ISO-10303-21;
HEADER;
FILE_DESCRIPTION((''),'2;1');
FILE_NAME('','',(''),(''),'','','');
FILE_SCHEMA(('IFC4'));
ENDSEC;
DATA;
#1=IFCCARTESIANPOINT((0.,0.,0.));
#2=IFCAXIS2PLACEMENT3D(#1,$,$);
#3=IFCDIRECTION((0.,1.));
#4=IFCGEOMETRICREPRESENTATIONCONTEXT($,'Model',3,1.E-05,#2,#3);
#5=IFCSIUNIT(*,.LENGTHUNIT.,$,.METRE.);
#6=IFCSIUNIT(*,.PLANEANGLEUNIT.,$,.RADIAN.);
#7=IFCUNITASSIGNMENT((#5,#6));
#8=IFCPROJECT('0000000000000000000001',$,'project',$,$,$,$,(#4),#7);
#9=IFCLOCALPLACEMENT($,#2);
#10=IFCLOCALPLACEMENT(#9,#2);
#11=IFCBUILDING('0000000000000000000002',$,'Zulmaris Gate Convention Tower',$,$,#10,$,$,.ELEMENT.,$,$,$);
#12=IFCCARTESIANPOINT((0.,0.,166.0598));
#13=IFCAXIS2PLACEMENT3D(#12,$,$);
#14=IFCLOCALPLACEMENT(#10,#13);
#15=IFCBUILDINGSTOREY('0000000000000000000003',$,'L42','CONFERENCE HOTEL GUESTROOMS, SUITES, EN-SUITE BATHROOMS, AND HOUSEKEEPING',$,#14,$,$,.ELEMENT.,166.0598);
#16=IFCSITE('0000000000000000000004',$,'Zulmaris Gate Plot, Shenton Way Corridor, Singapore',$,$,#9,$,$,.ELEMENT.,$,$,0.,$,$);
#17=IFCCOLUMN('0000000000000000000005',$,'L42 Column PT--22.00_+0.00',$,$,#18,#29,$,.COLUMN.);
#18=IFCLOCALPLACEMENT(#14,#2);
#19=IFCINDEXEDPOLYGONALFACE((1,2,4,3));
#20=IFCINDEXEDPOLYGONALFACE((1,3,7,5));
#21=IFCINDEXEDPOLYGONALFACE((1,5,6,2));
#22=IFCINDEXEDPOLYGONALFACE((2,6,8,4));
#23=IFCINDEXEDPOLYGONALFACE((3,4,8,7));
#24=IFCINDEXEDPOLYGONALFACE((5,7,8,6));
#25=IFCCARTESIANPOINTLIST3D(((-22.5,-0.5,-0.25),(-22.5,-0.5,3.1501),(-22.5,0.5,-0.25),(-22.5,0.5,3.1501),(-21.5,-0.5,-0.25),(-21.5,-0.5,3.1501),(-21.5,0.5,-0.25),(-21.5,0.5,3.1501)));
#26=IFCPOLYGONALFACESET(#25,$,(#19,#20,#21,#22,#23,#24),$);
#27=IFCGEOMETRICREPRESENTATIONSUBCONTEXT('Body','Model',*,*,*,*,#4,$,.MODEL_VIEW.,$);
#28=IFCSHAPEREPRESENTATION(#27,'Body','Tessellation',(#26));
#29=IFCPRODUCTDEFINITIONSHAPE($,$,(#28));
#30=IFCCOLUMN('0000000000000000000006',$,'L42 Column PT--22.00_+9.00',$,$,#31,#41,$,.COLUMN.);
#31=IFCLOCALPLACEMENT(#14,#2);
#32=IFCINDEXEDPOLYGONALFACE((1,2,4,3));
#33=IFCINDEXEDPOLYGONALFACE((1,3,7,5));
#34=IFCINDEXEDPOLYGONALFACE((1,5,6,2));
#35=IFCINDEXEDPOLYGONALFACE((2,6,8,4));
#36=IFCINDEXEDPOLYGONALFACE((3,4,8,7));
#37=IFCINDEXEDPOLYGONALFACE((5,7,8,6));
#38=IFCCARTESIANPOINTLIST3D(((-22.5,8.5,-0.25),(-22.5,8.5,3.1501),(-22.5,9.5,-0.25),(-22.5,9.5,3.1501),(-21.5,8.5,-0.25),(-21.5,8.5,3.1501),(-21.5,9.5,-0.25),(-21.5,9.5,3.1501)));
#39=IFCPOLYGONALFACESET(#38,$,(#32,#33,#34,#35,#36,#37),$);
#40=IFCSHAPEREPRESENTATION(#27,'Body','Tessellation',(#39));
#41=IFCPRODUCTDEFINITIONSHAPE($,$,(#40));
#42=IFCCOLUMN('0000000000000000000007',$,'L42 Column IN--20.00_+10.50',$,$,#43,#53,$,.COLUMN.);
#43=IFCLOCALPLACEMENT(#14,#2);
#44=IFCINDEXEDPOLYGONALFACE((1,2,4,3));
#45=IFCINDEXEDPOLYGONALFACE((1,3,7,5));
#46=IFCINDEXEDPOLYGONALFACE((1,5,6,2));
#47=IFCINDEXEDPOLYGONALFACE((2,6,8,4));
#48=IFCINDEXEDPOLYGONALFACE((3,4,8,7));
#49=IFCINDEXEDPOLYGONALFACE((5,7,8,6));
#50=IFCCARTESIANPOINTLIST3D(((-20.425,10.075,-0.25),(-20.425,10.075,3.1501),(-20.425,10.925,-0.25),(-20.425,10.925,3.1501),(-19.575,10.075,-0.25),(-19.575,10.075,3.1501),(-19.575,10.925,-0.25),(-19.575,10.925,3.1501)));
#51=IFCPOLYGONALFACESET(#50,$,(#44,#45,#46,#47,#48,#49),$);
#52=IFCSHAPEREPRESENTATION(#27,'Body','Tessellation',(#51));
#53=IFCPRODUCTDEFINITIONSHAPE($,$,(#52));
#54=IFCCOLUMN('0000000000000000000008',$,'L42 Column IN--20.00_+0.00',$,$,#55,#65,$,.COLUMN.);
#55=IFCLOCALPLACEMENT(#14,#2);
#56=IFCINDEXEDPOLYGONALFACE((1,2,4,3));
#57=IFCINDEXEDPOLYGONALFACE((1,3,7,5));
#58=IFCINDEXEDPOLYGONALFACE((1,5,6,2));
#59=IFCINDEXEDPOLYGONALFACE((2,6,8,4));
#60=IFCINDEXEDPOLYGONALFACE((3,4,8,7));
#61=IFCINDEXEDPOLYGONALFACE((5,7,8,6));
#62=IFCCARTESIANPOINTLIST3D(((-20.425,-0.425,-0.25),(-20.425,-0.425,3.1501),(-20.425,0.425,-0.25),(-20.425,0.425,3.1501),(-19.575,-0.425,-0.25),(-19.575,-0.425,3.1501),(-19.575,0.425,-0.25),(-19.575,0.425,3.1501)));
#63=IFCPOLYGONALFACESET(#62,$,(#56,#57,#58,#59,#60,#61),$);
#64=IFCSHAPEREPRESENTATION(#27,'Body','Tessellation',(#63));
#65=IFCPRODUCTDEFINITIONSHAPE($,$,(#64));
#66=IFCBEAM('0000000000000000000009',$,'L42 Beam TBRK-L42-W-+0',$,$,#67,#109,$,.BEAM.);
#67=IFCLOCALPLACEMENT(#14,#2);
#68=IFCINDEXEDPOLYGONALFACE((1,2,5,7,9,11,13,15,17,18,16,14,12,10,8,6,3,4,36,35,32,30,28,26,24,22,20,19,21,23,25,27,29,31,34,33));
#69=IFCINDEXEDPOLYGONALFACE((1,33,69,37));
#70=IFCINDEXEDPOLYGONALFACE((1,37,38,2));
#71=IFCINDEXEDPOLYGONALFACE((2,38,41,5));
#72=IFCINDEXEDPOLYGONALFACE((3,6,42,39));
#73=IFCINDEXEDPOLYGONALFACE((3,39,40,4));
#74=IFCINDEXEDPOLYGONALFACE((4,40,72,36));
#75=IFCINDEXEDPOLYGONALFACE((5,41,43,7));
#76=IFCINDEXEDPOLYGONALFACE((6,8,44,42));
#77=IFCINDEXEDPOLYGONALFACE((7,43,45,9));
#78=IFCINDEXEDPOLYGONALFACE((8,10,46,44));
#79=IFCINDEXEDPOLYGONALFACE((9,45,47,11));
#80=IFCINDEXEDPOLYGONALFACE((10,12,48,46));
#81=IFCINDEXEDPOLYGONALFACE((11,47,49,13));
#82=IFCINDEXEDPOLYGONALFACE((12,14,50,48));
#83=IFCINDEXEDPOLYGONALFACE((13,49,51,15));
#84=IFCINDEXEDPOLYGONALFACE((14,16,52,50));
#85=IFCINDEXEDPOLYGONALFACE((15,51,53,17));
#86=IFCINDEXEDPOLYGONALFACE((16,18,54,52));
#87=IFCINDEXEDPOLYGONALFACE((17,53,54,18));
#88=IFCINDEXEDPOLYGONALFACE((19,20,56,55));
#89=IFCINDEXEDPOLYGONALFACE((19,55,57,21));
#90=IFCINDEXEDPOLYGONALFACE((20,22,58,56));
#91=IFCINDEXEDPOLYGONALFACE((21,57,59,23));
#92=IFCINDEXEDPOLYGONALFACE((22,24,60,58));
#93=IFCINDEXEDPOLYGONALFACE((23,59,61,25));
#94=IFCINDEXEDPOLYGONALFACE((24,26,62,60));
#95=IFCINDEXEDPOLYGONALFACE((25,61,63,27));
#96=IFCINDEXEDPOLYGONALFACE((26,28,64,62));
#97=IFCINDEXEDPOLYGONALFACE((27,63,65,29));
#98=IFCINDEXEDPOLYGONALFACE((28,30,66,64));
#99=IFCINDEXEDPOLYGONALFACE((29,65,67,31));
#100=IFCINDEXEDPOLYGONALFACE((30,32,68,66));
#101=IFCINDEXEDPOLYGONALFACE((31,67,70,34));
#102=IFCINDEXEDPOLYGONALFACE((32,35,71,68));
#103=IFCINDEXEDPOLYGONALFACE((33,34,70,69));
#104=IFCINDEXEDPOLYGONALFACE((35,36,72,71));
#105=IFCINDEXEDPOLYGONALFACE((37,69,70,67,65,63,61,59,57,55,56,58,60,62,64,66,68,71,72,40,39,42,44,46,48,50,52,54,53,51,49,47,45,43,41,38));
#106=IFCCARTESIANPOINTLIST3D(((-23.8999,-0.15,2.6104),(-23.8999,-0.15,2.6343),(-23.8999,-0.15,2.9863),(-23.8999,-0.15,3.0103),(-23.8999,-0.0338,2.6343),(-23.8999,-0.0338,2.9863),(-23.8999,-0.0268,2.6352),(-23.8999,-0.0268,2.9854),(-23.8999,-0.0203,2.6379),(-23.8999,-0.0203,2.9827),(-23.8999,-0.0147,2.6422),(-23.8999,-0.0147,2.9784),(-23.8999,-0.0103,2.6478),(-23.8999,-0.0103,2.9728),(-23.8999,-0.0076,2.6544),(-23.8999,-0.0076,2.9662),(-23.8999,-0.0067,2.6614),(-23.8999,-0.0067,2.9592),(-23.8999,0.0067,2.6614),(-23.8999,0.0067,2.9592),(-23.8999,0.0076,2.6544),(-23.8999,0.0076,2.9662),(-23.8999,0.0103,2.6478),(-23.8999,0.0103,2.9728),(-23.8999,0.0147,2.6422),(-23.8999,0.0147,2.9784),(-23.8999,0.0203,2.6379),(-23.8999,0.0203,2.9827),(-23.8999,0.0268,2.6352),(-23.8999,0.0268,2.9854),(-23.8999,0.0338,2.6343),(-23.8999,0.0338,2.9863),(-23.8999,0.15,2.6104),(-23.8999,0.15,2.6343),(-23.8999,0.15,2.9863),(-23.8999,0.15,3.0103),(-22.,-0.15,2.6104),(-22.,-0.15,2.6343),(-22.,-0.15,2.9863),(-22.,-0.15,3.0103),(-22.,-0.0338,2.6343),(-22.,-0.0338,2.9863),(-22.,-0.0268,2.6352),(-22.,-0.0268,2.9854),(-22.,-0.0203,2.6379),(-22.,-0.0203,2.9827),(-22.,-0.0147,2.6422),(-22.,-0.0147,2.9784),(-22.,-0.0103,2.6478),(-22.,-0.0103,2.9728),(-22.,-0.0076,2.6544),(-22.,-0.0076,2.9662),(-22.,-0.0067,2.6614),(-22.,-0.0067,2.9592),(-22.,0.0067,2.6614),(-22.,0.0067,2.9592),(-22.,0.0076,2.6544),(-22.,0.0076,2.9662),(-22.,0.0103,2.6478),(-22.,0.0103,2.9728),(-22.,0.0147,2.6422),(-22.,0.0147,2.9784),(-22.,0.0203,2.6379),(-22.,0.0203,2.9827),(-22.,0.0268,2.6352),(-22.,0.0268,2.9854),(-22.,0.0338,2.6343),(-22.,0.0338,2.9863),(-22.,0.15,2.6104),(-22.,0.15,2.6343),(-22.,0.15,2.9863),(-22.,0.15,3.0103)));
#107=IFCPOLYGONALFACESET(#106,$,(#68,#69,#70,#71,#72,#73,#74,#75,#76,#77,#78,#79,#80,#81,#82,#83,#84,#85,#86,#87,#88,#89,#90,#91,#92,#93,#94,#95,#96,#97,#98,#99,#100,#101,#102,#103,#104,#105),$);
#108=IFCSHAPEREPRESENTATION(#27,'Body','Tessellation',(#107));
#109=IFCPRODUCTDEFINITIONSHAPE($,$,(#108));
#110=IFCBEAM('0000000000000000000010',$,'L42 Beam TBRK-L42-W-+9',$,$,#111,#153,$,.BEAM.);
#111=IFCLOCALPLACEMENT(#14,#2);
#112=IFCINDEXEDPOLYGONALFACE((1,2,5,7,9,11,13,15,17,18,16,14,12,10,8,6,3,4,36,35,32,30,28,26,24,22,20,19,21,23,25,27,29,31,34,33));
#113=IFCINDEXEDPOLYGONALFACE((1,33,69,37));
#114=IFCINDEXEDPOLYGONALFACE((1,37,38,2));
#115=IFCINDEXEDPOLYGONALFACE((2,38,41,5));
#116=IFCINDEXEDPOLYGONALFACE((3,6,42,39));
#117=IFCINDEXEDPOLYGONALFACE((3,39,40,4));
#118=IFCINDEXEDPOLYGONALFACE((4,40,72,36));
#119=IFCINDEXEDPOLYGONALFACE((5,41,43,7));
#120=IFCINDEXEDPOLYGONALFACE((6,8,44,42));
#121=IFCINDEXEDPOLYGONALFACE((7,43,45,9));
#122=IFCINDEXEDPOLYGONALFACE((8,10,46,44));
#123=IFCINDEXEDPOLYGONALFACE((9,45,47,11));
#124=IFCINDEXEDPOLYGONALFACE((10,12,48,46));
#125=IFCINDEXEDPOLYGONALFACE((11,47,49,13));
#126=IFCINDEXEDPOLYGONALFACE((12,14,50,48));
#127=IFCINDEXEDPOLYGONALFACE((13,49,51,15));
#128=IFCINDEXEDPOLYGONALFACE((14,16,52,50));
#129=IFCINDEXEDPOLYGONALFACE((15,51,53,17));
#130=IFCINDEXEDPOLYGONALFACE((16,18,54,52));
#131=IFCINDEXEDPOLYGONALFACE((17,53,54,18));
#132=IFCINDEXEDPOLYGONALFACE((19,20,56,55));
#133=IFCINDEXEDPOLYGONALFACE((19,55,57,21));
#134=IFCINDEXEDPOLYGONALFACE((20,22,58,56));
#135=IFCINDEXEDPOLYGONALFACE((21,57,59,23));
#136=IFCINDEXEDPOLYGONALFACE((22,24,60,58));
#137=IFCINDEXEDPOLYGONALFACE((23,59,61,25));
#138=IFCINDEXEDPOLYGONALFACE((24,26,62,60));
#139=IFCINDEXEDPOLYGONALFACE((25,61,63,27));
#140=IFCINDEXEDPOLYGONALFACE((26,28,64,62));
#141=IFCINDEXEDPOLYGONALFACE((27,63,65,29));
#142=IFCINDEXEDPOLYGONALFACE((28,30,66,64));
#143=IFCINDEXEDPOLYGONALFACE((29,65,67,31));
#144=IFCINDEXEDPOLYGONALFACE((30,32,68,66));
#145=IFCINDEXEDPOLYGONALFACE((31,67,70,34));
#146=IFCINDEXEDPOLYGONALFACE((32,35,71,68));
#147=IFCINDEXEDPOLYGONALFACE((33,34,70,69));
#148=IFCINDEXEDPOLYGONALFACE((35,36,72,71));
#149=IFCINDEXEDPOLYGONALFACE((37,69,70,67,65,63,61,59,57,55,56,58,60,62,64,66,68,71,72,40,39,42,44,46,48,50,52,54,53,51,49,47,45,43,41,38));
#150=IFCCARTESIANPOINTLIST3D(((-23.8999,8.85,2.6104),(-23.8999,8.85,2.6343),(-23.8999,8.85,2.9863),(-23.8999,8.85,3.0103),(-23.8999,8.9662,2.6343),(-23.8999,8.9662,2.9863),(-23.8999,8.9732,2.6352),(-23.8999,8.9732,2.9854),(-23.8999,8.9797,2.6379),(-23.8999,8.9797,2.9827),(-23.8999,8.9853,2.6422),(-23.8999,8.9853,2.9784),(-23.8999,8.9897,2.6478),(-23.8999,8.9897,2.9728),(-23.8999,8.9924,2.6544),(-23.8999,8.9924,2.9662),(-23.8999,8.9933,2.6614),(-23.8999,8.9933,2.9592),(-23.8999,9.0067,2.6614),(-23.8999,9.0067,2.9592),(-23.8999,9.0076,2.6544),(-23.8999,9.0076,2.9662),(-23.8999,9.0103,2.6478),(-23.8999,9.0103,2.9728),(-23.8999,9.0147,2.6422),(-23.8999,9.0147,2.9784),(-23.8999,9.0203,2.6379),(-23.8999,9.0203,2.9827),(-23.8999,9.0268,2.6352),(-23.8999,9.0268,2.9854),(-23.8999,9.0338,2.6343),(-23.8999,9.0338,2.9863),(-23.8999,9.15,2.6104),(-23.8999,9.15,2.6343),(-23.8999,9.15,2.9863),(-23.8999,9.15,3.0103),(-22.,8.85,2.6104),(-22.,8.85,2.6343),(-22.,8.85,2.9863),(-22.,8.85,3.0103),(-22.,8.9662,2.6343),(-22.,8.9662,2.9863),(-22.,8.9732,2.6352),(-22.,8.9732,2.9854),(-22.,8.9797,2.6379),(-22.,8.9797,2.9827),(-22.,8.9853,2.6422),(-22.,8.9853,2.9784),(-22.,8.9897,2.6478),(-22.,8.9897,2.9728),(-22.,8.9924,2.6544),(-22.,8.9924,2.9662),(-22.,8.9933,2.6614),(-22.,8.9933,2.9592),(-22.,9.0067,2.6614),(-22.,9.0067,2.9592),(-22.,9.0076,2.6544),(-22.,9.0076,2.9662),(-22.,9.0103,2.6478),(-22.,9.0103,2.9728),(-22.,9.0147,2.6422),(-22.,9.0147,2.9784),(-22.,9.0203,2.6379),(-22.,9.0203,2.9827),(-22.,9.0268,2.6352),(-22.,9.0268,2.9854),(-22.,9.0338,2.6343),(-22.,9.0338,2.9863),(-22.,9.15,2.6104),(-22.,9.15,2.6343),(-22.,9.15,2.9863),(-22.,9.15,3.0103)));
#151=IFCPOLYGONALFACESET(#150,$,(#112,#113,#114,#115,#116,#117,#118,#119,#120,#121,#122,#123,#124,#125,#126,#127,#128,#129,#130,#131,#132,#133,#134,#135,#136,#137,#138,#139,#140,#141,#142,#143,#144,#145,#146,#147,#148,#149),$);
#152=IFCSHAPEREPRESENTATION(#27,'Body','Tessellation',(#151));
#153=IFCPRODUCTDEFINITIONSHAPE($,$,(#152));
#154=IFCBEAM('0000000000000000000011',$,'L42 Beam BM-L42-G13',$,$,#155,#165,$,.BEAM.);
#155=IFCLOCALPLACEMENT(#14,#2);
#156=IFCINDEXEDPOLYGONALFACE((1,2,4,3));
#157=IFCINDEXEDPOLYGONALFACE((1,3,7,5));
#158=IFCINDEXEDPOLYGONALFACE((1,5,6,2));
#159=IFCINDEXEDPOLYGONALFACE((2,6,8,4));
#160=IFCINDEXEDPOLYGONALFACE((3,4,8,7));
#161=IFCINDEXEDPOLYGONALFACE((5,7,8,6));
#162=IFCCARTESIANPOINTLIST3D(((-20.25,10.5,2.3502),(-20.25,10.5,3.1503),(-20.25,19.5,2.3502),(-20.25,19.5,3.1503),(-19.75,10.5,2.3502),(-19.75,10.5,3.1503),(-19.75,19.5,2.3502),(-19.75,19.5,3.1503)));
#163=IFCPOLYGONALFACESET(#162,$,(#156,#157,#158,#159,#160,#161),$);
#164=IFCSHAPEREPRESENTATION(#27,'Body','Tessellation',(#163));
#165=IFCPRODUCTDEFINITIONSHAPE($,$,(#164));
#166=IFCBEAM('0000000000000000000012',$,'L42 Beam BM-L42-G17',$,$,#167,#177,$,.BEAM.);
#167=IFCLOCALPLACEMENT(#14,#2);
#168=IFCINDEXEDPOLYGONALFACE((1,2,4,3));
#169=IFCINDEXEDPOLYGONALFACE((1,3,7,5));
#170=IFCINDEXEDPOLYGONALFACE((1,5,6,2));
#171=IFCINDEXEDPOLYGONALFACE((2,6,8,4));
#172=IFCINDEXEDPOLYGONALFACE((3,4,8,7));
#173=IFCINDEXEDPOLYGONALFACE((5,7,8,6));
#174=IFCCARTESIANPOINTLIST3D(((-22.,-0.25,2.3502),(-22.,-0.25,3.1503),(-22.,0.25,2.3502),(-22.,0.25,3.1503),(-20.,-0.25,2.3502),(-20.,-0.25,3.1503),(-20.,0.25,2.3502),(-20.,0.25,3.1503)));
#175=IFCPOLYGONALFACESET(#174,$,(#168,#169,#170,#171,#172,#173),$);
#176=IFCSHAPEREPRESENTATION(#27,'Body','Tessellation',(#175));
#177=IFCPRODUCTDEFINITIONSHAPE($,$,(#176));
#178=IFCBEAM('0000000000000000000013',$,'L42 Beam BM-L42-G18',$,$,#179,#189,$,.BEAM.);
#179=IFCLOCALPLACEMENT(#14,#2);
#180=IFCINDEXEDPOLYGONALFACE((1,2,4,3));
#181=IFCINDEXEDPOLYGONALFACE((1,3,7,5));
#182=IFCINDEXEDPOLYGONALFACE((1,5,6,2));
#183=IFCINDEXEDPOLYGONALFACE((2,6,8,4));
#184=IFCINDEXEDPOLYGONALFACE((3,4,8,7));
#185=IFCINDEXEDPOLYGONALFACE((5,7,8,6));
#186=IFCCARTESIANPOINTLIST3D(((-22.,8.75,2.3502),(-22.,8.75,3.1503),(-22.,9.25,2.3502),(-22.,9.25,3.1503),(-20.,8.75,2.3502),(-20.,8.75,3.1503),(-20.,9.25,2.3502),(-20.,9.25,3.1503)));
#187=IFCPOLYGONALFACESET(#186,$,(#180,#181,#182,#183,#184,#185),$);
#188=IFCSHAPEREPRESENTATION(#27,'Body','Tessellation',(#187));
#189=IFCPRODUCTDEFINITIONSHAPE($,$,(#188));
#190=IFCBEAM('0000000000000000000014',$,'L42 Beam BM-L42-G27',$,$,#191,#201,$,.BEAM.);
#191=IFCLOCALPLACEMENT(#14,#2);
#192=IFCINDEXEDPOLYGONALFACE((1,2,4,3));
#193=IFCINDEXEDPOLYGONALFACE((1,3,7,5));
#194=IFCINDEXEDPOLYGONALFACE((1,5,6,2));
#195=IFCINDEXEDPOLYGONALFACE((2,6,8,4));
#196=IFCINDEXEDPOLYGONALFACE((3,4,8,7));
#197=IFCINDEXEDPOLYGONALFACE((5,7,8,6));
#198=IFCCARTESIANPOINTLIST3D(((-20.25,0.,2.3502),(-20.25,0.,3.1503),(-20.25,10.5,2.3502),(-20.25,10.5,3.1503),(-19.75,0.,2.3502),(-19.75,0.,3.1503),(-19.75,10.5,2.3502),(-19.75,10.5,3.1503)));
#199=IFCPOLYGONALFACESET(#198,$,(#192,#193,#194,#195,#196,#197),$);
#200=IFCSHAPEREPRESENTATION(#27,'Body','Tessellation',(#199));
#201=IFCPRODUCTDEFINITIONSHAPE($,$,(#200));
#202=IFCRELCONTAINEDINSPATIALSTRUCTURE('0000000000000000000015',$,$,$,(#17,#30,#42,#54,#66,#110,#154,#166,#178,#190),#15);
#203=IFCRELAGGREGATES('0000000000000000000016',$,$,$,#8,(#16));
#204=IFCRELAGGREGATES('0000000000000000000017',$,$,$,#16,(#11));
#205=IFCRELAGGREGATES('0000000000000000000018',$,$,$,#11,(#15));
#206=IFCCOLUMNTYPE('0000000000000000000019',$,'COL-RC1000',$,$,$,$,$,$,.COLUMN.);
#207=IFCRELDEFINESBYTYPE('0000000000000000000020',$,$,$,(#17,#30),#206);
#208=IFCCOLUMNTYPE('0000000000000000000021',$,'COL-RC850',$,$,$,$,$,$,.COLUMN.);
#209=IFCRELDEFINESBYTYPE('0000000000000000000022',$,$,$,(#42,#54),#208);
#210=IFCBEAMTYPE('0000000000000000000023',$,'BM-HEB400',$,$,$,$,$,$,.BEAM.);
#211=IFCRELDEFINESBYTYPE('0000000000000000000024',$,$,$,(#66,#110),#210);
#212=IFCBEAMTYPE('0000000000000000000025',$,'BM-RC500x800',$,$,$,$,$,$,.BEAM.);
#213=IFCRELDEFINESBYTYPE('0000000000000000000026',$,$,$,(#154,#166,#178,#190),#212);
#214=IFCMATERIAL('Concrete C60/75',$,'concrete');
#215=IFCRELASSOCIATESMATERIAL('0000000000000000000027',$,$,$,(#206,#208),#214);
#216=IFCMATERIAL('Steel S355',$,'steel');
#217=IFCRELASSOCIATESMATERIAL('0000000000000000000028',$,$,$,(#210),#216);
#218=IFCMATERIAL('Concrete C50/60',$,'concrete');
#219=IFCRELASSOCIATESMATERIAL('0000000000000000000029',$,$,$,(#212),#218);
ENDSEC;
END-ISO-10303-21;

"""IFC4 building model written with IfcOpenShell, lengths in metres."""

from ifc_helpers import new_model, si_unit, direction, frame, origin, origin_2d, place, context, subcontext, project, spatial, rectangle, i_section, extrude, material, material_profile, profile_set, type_object, element, save


model = new_model("IFC4")

# Units and contexts
model_context = context("Model", 3, precision=1e-05, world=origin(), true_north=direction((0.0, 1.0)))
body_context = subcontext(model_context, "Body", "Model", "MODEL_VIEW")
ifc_project = project(units=[si_unit("LENGTHUNIT", "METRE"), si_unit("PLANEANGLEUNIT", "RADIAN")], contexts=[model_context])

# Site, building, storey
site_placement = place(None, origin())
site = spatial("IfcSite", under=ifc_project, at=site_placement, Name="Zulmaris Gate Plot, Shenton Way Corridor, Singapore", CompositionType="ELEMENT", RefElevation=0.0)
building_placement = place(site_placement, origin())
building = spatial("IfcBuilding", under=site, at=building_placement, Name="Zulmaris Gate Convention Tower", CompositionType="ELEMENT")
storey_placement = place(building_placement, frame((0.0, 0.0, 166.0598)))
storey = spatial("IfcBuildingStorey", under=building, at=storey_placement, Name="L42", Description="CONFERENCE HOTEL GUESTROOMS, SUITES, EN-SUITE BATHROOMS, AND HOUSEKEEPING", CompositionType="ELEMENT", Elevation=166.0598)

# Columns
ifc_material_1 = material(Name="Concrete C60/75", Category="concrete")
ifc_material_profile_1 = material_profile(ifc_material_1, rectangle(XDim=1.0, YDim=1.0, at=origin_2d()), Name="RC COL 1000x1000")
ifc_profile_set_1 = profile_set([ifc_material_profile_1], Name="Concrete C60/75")
column_type_1 = type_object("IfcColumnType", Name="COL-RC1000", PredefinedType="COLUMN", material=ifc_profile_set_1)
for number, where, z_axis, x_axis, name in (
    (1, (-22.0, 0.0, -0.25), (0.0, 0.0, 1.0), (1.0, 0.0, 0.0), "L42 Column PT--22.00_+0.00"),
    (2, (-22.0, 9.0, -0.25), (0.0, 0.0, 1.0), (1.0, 0.0, 0.0), "L42 Column PT--22.00_+9.00"),
):
    element("IfcColumn", number, at=place(storey_placement, frame(where, z_axis=z_axis, x_axis=x_axis)), inside=storey, type_object=column_type_1, Name=name, PredefinedType="COLUMN", context=body_context, shape_type="SweptSolid", body=[
        extrude(rectangle(XDim=1.0, YDim=1.0, at=origin_2d()), origin(), (0.0, 0.0, 1.0), 3.4001),
    ])
ifc_material_profile_2 = material_profile(ifc_material_1, rectangle(XDim=0.8501, YDim=0.8501, at=origin_2d()), Name="RC COL 850x850")
ifc_profile_set_2 = profile_set([ifc_material_profile_2], Name="Concrete C60/75")
column_type_2 = type_object("IfcColumnType", Name="COL-RC850", PredefinedType="COLUMN", material=ifc_profile_set_2)
for number, where, z_axis, x_axis, name in (
    (3, (-20.0, 10.5, -0.25), (0.0, 0.0, 1.0), (1.0, 0.0, 0.0), "L42 Column IN--20.00_+10.50"),
    (4, (-20.0, 0.0, -0.25), (0.0, 0.0, 1.0), (1.0, 0.0, 0.0), "L42 Column IN--20.00_+0.00"),
):
    element("IfcColumn", number, at=place(storey_placement, frame(where, z_axis=z_axis, x_axis=x_axis)), inside=storey, type_object=column_type_2, Name=name, PredefinedType="COLUMN", context=body_context, shape_type="SweptSolid", body=[
        extrude(rectangle(XDim=0.8501, YDim=0.8501, at=origin_2d()), origin(), (0.0, 0.0, 1.0), 3.4001),
    ])

# Beams
ifc_material_2 = material(Name="Steel S355", Category="steel")
ifc_material_profile_3 = material_profile(ifc_material_2, i_section(OverallWidth=0.3, OverallDepth=0.3999, WebThickness=0.0134, FlangeThickness=0.0239, FilletRadius=0.0271, at=origin_2d()), Name="HEB 400")
ifc_profile_set_3 = profile_set([ifc_material_profile_3], Name="Steel S355")
beam_type_1 = type_object("IfcBeamType", Name="BM-HEB400", PredefinedType="BEAM", material=ifc_profile_set_3)
for number, where, z_axis, x_axis, name in (
    (5, (-23.8999, 0.0, 2.8103), (1.0, 0.0, 0.0), (0.0, 1.0, 0.0), "L42 Beam TBRK-L42-W-+0"),
    (6, (-23.8999, 9.0, 2.8103), (1.0, 0.0, 0.0), (0.0, 1.0, 0.0), "L42 Beam TBRK-L42-W-+9"),
):
    element("IfcBeam", number, at=place(storey_placement, frame(where, z_axis=z_axis, x_axis=x_axis)), inside=storey, type_object=beam_type_1, Name=name, PredefinedType="BEAM", context=body_context, shape_type="SweptSolid", body=[
        extrude(i_section(OverallWidth=0.3, OverallDepth=0.3999, WebThickness=0.0134, FlangeThickness=0.0239, FilletRadius=0.0271, at=origin_2d()), origin(), (0.0, 0.0, 1.0), 1.8999),
    ])
ifc_material_3 = material(Name="Concrete C50/60", Category="concrete")
ifc_material_profile_4 = material_profile(ifc_material_3, rectangle(XDim=0.5, YDim=0.8, at=origin_2d()), Name="RC BEAM 500x800")
ifc_profile_set_4 = profile_set([ifc_material_profile_4], Name="Concrete C50/60")
beam_type_2 = type_object("IfcBeamType", Name="BM-RC500x800", PredefinedType="BEAM", material=ifc_profile_set_4)
beam_1_placement = place(storey_placement, frame((-20.0, 10.5, 2.7502), z_axis=(0.0, 1.0, 0.0), x_axis=(-1.0, 0.0, 0.0)))
element("IfcBeam", 7, at=beam_1_placement, inside=storey, type_object=beam_type_2, Name="L42 Beam BM-L42-G13", PredefinedType="BEAM", context=body_context, shape_type="SweptSolid", body=[
    extrude(rectangle(XDim=0.5, YDim=0.8, at=origin_2d()), origin(), (0.0, 0.0, 1.0), 9.0),
])
for number, where, z_axis, x_axis, name in (
    (8, (-22.0, 0.0, 2.7502), (1.0, 0.0, 0.0), (0.0, 1.0, 0.0), "L42 Beam BM-L42-G17"),
    (9, (-22.0, 9.0, 2.7502), (1.0, 0.0, 0.0), (0.0, 1.0, 0.0), "L42 Beam BM-L42-G18"),
):
    element("IfcBeam", number, at=place(storey_placement, frame(where, z_axis=z_axis, x_axis=x_axis)), inside=storey, type_object=beam_type_2, Name=name, PredefinedType="BEAM", context=body_context, shape_type="SweptSolid", body=[
        extrude(rectangle(XDim=0.5, YDim=0.8, at=origin_2d()), origin(), (0.0, 0.0, 1.0), 2.0),
    ])
beam_2_placement = place(storey_placement, frame((-20.0, 0.0, 2.7502), z_axis=(0.0, 1.0, 0.0), x_axis=(-1.0, 0.0, 0.0)))
element("IfcBeam", 10, at=beam_2_placement, inside=storey, type_object=beam_type_2, Name="L42 Beam BM-L42-G27", PredefinedType="BEAM", context=body_context, shape_type="SweptSolid", body=[
    extrude(rectangle(XDim=0.5, YDim=0.8, at=origin_2d()), origin(), (0.0, 0.0, 1.0), 10.5),
])

save(model, "model.ifc")
